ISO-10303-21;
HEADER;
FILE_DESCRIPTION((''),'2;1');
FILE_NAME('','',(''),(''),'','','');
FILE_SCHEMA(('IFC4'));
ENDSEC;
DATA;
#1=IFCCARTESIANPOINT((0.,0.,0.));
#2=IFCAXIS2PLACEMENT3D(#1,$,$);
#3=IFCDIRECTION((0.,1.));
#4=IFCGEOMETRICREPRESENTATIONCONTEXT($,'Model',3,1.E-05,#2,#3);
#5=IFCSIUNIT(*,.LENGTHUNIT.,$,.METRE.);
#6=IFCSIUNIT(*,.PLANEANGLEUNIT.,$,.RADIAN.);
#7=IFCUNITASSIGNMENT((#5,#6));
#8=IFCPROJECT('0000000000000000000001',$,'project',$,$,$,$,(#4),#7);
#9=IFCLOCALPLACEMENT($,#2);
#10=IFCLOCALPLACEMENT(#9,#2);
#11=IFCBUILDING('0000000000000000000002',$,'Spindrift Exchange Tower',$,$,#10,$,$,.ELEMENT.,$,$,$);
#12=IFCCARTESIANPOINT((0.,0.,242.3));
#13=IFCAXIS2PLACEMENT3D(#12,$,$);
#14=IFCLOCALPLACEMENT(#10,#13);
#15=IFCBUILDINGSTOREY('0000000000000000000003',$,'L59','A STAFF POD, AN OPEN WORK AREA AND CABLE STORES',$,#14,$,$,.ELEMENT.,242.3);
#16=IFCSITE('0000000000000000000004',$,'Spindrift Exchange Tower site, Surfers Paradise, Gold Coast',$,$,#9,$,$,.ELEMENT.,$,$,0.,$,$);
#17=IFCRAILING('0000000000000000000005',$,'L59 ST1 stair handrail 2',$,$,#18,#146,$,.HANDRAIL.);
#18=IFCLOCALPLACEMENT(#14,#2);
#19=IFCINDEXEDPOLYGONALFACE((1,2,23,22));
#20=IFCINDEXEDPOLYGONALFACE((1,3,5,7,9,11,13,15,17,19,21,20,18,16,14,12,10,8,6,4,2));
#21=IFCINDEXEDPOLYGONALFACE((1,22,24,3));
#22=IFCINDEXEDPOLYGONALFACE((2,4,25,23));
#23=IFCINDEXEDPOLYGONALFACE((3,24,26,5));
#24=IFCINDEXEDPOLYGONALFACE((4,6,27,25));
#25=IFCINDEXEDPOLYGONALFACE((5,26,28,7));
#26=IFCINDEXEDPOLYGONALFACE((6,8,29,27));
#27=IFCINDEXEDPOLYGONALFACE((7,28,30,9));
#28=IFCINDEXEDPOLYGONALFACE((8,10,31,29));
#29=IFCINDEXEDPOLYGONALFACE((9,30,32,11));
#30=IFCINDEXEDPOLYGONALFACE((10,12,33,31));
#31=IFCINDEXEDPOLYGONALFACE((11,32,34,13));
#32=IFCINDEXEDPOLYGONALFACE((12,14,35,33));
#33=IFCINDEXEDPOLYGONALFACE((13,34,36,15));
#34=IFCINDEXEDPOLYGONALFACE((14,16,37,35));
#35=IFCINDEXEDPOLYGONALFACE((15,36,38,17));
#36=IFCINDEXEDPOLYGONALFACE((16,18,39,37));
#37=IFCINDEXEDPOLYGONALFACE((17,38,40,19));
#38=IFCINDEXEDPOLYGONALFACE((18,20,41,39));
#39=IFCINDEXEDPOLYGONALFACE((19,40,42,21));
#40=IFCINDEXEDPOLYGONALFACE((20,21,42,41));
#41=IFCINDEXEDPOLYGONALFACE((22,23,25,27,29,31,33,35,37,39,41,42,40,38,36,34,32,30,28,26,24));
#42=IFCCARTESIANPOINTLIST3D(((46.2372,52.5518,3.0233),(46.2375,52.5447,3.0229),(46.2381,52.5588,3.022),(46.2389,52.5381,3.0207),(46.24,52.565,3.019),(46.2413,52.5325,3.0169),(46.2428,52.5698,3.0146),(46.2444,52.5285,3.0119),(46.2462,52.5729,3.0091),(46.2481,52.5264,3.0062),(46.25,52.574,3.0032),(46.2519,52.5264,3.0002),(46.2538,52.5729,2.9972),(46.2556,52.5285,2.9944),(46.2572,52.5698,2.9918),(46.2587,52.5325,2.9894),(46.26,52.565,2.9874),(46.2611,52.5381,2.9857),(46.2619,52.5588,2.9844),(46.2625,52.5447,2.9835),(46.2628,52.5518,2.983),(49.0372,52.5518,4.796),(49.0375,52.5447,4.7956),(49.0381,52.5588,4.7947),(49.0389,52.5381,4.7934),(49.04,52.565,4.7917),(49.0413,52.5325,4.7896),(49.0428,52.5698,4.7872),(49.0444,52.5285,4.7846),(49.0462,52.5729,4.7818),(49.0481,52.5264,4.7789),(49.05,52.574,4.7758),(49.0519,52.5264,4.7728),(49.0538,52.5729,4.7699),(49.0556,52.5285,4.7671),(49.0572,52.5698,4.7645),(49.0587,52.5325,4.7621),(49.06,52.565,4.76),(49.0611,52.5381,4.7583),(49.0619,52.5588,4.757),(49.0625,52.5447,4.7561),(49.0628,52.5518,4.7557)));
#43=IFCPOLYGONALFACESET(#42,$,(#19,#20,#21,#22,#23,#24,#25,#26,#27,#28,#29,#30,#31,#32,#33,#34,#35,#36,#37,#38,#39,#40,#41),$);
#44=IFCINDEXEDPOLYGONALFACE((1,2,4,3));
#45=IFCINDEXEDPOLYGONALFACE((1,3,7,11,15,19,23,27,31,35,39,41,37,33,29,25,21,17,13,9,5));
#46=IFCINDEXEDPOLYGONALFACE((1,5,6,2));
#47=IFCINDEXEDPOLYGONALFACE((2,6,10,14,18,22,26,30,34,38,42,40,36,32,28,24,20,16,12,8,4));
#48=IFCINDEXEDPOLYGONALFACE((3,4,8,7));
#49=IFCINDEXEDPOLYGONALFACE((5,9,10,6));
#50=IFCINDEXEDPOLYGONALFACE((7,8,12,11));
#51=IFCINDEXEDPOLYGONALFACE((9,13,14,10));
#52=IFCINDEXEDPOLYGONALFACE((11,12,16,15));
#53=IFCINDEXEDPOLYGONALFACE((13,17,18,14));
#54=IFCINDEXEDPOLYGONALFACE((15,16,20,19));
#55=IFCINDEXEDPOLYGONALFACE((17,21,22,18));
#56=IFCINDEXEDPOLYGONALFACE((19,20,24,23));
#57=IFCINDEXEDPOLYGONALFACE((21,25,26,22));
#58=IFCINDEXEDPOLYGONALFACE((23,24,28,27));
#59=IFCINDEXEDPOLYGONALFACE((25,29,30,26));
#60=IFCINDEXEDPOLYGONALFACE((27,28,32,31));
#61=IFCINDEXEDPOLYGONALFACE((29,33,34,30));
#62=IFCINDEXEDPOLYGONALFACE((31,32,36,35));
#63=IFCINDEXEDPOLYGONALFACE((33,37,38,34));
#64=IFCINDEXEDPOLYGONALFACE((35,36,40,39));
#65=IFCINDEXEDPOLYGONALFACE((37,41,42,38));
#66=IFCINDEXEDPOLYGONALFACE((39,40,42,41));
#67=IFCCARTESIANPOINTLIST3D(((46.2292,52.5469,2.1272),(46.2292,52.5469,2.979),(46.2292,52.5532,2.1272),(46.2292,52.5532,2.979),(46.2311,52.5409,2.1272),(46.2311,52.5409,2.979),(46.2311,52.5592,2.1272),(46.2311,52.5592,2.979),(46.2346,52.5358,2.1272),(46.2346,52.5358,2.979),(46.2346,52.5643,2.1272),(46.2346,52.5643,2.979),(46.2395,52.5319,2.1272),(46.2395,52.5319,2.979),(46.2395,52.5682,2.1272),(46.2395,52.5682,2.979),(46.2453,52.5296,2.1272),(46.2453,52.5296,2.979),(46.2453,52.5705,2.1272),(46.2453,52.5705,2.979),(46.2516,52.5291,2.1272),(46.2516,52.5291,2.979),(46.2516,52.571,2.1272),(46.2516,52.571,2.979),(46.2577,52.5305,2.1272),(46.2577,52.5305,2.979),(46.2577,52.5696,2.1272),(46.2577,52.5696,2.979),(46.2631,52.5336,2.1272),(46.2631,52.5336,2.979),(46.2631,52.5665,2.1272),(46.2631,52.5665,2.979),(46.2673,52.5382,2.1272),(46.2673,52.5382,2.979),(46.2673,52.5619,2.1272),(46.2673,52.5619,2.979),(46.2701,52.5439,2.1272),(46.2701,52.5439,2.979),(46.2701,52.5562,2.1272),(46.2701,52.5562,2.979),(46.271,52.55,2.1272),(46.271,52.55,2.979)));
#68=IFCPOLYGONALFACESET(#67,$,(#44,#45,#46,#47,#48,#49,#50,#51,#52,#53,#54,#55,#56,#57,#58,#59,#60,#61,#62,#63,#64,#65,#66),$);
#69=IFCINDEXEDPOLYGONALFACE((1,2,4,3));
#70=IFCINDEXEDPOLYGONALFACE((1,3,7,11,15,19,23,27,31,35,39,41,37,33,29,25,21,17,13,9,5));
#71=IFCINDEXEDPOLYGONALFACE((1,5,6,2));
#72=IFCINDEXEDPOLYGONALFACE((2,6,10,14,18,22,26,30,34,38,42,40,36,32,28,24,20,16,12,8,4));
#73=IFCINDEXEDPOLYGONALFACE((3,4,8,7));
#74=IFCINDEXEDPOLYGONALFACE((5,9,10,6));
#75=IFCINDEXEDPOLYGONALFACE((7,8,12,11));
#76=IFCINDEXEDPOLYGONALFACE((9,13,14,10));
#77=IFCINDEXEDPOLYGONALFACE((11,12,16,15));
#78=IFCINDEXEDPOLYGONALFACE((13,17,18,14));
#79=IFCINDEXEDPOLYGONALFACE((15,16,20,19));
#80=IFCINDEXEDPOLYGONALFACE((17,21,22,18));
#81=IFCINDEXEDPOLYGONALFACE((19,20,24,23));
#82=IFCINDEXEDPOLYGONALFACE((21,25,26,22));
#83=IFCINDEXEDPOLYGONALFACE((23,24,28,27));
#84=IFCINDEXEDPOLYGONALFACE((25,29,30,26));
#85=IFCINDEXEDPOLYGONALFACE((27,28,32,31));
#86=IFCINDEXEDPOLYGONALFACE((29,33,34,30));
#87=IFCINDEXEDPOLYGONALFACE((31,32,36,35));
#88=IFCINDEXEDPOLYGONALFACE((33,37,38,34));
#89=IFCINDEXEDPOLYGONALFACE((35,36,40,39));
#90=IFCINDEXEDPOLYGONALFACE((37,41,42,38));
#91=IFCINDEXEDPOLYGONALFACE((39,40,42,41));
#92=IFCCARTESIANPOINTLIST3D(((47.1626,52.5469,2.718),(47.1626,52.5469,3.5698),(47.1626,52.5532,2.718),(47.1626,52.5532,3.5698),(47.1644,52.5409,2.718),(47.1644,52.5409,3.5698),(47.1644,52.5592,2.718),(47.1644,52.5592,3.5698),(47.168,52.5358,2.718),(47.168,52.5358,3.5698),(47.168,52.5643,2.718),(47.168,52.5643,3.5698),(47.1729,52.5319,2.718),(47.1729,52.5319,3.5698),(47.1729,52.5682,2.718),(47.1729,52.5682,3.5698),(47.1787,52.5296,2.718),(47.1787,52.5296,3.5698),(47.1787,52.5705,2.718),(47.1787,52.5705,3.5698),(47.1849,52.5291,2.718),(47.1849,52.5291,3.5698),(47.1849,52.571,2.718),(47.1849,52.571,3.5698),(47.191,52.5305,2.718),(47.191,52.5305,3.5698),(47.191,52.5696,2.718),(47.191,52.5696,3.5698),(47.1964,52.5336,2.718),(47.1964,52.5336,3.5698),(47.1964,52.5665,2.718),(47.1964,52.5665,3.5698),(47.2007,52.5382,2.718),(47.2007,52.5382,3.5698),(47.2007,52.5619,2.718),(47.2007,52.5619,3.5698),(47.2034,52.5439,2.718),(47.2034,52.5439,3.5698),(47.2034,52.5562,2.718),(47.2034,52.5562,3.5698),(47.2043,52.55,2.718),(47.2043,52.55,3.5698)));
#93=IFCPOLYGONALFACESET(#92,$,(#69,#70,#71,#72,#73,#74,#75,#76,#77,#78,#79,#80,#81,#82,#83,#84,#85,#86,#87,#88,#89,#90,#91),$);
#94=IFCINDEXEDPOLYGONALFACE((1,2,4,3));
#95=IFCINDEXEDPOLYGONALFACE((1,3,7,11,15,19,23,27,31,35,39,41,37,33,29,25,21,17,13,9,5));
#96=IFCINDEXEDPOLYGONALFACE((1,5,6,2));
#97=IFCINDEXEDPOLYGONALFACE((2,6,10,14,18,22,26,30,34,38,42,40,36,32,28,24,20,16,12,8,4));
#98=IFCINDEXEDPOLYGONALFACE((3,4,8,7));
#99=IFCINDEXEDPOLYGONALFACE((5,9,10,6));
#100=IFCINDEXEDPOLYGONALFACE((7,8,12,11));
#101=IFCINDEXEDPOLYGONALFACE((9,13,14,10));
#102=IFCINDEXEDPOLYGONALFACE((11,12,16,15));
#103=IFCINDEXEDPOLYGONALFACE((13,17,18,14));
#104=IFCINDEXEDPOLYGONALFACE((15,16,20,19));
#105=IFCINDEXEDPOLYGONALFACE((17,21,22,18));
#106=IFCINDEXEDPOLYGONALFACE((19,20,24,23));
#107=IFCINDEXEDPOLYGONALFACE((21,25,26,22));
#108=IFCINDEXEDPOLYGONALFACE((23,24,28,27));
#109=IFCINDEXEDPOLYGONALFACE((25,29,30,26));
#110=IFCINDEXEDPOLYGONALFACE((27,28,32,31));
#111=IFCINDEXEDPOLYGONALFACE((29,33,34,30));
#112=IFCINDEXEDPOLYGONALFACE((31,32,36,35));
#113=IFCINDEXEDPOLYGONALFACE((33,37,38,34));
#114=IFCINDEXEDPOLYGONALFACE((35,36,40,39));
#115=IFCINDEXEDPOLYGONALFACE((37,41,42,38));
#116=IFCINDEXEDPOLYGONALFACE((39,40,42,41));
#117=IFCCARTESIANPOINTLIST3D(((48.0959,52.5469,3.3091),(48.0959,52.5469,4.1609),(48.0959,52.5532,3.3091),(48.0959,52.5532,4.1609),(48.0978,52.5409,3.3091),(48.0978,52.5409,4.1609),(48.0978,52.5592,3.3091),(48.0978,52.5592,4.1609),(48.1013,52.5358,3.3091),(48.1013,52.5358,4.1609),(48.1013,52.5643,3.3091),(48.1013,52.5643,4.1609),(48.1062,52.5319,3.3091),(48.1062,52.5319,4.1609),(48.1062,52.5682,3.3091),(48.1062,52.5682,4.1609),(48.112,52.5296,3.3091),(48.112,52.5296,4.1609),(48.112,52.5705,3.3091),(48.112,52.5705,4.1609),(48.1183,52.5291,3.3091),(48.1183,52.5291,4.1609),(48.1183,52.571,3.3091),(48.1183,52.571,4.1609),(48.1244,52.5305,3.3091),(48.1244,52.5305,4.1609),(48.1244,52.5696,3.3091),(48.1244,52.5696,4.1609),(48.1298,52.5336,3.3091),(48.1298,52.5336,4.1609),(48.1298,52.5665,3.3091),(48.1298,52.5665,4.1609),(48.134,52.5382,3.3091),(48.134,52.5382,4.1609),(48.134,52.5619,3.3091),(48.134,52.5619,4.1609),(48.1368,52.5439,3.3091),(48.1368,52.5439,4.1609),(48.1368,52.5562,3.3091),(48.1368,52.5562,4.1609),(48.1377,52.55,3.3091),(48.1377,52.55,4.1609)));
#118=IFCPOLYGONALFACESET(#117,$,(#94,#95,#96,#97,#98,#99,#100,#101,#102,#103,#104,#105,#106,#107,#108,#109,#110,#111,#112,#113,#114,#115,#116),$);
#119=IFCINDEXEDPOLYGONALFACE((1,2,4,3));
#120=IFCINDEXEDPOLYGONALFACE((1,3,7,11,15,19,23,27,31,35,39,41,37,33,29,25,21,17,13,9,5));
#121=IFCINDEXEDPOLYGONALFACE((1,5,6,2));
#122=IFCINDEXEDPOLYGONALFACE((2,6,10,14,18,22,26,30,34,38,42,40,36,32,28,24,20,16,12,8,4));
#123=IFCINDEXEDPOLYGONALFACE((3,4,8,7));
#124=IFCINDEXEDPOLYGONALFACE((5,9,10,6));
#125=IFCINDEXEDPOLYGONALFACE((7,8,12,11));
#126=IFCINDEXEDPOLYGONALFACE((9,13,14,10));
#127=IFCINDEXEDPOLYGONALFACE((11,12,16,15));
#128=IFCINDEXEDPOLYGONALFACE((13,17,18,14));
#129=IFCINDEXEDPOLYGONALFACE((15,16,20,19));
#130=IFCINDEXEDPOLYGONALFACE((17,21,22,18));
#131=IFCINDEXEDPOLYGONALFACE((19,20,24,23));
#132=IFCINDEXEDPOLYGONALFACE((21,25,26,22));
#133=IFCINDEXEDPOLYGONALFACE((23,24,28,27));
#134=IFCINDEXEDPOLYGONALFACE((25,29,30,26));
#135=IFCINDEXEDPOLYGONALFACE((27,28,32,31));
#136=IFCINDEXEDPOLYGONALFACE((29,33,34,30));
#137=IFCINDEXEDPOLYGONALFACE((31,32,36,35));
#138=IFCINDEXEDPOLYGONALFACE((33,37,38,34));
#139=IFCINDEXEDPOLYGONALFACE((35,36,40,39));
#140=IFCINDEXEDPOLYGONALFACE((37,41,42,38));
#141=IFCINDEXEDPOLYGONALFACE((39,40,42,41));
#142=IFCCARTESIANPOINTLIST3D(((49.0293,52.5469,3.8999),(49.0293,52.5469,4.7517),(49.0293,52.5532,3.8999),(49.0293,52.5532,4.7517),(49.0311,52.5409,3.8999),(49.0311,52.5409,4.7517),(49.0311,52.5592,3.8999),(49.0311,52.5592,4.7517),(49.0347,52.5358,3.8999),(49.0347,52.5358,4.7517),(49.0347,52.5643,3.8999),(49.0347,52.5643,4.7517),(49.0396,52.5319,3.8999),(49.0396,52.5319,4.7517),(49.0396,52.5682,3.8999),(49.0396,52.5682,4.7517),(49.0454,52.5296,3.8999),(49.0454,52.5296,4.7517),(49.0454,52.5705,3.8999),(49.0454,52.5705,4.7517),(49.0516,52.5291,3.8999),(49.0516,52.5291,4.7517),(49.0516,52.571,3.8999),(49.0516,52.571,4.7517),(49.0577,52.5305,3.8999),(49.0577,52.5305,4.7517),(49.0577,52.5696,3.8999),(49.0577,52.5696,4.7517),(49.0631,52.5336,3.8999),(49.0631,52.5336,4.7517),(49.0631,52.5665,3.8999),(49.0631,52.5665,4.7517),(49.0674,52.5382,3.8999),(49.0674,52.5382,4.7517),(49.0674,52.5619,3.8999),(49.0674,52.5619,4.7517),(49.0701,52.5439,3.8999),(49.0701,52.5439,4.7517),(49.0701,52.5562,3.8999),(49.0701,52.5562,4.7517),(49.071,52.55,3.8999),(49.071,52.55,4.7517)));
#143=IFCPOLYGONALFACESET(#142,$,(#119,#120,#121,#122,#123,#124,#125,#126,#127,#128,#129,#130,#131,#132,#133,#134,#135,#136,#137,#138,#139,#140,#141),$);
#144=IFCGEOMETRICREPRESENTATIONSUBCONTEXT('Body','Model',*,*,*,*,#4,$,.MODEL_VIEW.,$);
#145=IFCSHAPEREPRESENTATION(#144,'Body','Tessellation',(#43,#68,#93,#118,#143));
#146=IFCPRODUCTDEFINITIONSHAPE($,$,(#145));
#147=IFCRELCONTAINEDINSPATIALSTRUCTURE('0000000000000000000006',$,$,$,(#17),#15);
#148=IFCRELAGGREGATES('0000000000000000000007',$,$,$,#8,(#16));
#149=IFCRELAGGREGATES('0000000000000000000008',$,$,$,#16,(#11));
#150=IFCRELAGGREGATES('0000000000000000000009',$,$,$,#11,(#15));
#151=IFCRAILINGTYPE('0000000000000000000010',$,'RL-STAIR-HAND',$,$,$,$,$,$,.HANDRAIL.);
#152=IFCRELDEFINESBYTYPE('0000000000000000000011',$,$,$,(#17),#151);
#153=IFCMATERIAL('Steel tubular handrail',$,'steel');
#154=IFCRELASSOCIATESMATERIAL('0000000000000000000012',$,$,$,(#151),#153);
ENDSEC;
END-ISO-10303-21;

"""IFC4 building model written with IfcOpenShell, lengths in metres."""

from ifc_helpers import new_model, si_unit, direction, frame, origin, origin_2d, place, context, subcontext, project, spatial, circle, extrude, material, type_object, element, save


model = new_model("IFC4")

# Units and contexts
model_context = context("Model", 3, precision=1e-05, world=origin(), true_north=direction((0.0, 1.0)))
body_context = subcontext(model_context, "Body", "Model", "MODEL_VIEW")
ifc_project = project(units=[si_unit("LENGTHUNIT", "METRE"), si_unit("PLANEANGLEUNIT", "RADIAN")], contexts=[model_context])

# Site, building, storey
site_placement = place(None, origin())
site = spatial("IfcSite", under=ifc_project, at=site_placement, Name="Spindrift Exchange Tower site, Surfers Paradise, Gold Coast", CompositionType="ELEMENT", RefElevation=0.0)
building_placement = place(site_placement, origin())
building = spatial("IfcBuilding", under=site, at=building_placement, Name="Spindrift Exchange Tower", CompositionType="ELEMENT")
storey_placement = place(building_placement, frame((0.0, 0.0, 242.3)))
storey = spatial("IfcBuildingStorey", under=building, at=storey_placement, Name="L59", Description="A STAFF POD, AN OPEN WORK AREA AND CABLE STORES", CompositionType="ELEMENT", Elevation=242.3)

# Railing
ifc_material_1 = material(Name="Steel tubular handrail", Category="steel")
railing_type_1 = type_object("IfcRailingType", Name="RL-STAIR-HAND", PredefinedType="HANDRAIL", material=ifc_material_1)
railing_1_placement = place(storey_placement, frame((46.25, 52.55, 2.1272)))
element("IfcRailing", 1, at=railing_1_placement, inside=storey, type_object=railing_type_1, Name="L59 ST1 stair handrail 2", PredefinedType="HANDRAIL", context=body_context, shape_type="SweptSolid", body=[
    extrude(circle(Radius=0.0239, at=origin_2d()), frame((0.0, 0.0, 0.876), z_axis=(0.844909, 0.0, 0.53491), x_axis=(0.0, 1.0, 0.0)), (0.0, 0.0, 1.0), 3.314),
    extrude(circle(Radius=0.021, at=origin_2d()), origin(), (0.0, 0.0, 1.0), 0.8518),
    extrude(circle(Radius=0.021, at=origin_2d()), frame((0.9333, 0.0, 0.5908)), (0.0, 0.0, 1.0), 0.8518),
    extrude(circle(Radius=0.021, at=origin_2d()), frame((1.8667, 0.0, 1.1819)), (0.0, 0.0, 1.0), 0.8518),
    extrude(circle(Radius=0.021, at=origin_2d()), frame((2.8, 0.0, 1.7727)), (0.0, 0.0, 1.0), 0.8518),
])

save(model, "model.ifc")
